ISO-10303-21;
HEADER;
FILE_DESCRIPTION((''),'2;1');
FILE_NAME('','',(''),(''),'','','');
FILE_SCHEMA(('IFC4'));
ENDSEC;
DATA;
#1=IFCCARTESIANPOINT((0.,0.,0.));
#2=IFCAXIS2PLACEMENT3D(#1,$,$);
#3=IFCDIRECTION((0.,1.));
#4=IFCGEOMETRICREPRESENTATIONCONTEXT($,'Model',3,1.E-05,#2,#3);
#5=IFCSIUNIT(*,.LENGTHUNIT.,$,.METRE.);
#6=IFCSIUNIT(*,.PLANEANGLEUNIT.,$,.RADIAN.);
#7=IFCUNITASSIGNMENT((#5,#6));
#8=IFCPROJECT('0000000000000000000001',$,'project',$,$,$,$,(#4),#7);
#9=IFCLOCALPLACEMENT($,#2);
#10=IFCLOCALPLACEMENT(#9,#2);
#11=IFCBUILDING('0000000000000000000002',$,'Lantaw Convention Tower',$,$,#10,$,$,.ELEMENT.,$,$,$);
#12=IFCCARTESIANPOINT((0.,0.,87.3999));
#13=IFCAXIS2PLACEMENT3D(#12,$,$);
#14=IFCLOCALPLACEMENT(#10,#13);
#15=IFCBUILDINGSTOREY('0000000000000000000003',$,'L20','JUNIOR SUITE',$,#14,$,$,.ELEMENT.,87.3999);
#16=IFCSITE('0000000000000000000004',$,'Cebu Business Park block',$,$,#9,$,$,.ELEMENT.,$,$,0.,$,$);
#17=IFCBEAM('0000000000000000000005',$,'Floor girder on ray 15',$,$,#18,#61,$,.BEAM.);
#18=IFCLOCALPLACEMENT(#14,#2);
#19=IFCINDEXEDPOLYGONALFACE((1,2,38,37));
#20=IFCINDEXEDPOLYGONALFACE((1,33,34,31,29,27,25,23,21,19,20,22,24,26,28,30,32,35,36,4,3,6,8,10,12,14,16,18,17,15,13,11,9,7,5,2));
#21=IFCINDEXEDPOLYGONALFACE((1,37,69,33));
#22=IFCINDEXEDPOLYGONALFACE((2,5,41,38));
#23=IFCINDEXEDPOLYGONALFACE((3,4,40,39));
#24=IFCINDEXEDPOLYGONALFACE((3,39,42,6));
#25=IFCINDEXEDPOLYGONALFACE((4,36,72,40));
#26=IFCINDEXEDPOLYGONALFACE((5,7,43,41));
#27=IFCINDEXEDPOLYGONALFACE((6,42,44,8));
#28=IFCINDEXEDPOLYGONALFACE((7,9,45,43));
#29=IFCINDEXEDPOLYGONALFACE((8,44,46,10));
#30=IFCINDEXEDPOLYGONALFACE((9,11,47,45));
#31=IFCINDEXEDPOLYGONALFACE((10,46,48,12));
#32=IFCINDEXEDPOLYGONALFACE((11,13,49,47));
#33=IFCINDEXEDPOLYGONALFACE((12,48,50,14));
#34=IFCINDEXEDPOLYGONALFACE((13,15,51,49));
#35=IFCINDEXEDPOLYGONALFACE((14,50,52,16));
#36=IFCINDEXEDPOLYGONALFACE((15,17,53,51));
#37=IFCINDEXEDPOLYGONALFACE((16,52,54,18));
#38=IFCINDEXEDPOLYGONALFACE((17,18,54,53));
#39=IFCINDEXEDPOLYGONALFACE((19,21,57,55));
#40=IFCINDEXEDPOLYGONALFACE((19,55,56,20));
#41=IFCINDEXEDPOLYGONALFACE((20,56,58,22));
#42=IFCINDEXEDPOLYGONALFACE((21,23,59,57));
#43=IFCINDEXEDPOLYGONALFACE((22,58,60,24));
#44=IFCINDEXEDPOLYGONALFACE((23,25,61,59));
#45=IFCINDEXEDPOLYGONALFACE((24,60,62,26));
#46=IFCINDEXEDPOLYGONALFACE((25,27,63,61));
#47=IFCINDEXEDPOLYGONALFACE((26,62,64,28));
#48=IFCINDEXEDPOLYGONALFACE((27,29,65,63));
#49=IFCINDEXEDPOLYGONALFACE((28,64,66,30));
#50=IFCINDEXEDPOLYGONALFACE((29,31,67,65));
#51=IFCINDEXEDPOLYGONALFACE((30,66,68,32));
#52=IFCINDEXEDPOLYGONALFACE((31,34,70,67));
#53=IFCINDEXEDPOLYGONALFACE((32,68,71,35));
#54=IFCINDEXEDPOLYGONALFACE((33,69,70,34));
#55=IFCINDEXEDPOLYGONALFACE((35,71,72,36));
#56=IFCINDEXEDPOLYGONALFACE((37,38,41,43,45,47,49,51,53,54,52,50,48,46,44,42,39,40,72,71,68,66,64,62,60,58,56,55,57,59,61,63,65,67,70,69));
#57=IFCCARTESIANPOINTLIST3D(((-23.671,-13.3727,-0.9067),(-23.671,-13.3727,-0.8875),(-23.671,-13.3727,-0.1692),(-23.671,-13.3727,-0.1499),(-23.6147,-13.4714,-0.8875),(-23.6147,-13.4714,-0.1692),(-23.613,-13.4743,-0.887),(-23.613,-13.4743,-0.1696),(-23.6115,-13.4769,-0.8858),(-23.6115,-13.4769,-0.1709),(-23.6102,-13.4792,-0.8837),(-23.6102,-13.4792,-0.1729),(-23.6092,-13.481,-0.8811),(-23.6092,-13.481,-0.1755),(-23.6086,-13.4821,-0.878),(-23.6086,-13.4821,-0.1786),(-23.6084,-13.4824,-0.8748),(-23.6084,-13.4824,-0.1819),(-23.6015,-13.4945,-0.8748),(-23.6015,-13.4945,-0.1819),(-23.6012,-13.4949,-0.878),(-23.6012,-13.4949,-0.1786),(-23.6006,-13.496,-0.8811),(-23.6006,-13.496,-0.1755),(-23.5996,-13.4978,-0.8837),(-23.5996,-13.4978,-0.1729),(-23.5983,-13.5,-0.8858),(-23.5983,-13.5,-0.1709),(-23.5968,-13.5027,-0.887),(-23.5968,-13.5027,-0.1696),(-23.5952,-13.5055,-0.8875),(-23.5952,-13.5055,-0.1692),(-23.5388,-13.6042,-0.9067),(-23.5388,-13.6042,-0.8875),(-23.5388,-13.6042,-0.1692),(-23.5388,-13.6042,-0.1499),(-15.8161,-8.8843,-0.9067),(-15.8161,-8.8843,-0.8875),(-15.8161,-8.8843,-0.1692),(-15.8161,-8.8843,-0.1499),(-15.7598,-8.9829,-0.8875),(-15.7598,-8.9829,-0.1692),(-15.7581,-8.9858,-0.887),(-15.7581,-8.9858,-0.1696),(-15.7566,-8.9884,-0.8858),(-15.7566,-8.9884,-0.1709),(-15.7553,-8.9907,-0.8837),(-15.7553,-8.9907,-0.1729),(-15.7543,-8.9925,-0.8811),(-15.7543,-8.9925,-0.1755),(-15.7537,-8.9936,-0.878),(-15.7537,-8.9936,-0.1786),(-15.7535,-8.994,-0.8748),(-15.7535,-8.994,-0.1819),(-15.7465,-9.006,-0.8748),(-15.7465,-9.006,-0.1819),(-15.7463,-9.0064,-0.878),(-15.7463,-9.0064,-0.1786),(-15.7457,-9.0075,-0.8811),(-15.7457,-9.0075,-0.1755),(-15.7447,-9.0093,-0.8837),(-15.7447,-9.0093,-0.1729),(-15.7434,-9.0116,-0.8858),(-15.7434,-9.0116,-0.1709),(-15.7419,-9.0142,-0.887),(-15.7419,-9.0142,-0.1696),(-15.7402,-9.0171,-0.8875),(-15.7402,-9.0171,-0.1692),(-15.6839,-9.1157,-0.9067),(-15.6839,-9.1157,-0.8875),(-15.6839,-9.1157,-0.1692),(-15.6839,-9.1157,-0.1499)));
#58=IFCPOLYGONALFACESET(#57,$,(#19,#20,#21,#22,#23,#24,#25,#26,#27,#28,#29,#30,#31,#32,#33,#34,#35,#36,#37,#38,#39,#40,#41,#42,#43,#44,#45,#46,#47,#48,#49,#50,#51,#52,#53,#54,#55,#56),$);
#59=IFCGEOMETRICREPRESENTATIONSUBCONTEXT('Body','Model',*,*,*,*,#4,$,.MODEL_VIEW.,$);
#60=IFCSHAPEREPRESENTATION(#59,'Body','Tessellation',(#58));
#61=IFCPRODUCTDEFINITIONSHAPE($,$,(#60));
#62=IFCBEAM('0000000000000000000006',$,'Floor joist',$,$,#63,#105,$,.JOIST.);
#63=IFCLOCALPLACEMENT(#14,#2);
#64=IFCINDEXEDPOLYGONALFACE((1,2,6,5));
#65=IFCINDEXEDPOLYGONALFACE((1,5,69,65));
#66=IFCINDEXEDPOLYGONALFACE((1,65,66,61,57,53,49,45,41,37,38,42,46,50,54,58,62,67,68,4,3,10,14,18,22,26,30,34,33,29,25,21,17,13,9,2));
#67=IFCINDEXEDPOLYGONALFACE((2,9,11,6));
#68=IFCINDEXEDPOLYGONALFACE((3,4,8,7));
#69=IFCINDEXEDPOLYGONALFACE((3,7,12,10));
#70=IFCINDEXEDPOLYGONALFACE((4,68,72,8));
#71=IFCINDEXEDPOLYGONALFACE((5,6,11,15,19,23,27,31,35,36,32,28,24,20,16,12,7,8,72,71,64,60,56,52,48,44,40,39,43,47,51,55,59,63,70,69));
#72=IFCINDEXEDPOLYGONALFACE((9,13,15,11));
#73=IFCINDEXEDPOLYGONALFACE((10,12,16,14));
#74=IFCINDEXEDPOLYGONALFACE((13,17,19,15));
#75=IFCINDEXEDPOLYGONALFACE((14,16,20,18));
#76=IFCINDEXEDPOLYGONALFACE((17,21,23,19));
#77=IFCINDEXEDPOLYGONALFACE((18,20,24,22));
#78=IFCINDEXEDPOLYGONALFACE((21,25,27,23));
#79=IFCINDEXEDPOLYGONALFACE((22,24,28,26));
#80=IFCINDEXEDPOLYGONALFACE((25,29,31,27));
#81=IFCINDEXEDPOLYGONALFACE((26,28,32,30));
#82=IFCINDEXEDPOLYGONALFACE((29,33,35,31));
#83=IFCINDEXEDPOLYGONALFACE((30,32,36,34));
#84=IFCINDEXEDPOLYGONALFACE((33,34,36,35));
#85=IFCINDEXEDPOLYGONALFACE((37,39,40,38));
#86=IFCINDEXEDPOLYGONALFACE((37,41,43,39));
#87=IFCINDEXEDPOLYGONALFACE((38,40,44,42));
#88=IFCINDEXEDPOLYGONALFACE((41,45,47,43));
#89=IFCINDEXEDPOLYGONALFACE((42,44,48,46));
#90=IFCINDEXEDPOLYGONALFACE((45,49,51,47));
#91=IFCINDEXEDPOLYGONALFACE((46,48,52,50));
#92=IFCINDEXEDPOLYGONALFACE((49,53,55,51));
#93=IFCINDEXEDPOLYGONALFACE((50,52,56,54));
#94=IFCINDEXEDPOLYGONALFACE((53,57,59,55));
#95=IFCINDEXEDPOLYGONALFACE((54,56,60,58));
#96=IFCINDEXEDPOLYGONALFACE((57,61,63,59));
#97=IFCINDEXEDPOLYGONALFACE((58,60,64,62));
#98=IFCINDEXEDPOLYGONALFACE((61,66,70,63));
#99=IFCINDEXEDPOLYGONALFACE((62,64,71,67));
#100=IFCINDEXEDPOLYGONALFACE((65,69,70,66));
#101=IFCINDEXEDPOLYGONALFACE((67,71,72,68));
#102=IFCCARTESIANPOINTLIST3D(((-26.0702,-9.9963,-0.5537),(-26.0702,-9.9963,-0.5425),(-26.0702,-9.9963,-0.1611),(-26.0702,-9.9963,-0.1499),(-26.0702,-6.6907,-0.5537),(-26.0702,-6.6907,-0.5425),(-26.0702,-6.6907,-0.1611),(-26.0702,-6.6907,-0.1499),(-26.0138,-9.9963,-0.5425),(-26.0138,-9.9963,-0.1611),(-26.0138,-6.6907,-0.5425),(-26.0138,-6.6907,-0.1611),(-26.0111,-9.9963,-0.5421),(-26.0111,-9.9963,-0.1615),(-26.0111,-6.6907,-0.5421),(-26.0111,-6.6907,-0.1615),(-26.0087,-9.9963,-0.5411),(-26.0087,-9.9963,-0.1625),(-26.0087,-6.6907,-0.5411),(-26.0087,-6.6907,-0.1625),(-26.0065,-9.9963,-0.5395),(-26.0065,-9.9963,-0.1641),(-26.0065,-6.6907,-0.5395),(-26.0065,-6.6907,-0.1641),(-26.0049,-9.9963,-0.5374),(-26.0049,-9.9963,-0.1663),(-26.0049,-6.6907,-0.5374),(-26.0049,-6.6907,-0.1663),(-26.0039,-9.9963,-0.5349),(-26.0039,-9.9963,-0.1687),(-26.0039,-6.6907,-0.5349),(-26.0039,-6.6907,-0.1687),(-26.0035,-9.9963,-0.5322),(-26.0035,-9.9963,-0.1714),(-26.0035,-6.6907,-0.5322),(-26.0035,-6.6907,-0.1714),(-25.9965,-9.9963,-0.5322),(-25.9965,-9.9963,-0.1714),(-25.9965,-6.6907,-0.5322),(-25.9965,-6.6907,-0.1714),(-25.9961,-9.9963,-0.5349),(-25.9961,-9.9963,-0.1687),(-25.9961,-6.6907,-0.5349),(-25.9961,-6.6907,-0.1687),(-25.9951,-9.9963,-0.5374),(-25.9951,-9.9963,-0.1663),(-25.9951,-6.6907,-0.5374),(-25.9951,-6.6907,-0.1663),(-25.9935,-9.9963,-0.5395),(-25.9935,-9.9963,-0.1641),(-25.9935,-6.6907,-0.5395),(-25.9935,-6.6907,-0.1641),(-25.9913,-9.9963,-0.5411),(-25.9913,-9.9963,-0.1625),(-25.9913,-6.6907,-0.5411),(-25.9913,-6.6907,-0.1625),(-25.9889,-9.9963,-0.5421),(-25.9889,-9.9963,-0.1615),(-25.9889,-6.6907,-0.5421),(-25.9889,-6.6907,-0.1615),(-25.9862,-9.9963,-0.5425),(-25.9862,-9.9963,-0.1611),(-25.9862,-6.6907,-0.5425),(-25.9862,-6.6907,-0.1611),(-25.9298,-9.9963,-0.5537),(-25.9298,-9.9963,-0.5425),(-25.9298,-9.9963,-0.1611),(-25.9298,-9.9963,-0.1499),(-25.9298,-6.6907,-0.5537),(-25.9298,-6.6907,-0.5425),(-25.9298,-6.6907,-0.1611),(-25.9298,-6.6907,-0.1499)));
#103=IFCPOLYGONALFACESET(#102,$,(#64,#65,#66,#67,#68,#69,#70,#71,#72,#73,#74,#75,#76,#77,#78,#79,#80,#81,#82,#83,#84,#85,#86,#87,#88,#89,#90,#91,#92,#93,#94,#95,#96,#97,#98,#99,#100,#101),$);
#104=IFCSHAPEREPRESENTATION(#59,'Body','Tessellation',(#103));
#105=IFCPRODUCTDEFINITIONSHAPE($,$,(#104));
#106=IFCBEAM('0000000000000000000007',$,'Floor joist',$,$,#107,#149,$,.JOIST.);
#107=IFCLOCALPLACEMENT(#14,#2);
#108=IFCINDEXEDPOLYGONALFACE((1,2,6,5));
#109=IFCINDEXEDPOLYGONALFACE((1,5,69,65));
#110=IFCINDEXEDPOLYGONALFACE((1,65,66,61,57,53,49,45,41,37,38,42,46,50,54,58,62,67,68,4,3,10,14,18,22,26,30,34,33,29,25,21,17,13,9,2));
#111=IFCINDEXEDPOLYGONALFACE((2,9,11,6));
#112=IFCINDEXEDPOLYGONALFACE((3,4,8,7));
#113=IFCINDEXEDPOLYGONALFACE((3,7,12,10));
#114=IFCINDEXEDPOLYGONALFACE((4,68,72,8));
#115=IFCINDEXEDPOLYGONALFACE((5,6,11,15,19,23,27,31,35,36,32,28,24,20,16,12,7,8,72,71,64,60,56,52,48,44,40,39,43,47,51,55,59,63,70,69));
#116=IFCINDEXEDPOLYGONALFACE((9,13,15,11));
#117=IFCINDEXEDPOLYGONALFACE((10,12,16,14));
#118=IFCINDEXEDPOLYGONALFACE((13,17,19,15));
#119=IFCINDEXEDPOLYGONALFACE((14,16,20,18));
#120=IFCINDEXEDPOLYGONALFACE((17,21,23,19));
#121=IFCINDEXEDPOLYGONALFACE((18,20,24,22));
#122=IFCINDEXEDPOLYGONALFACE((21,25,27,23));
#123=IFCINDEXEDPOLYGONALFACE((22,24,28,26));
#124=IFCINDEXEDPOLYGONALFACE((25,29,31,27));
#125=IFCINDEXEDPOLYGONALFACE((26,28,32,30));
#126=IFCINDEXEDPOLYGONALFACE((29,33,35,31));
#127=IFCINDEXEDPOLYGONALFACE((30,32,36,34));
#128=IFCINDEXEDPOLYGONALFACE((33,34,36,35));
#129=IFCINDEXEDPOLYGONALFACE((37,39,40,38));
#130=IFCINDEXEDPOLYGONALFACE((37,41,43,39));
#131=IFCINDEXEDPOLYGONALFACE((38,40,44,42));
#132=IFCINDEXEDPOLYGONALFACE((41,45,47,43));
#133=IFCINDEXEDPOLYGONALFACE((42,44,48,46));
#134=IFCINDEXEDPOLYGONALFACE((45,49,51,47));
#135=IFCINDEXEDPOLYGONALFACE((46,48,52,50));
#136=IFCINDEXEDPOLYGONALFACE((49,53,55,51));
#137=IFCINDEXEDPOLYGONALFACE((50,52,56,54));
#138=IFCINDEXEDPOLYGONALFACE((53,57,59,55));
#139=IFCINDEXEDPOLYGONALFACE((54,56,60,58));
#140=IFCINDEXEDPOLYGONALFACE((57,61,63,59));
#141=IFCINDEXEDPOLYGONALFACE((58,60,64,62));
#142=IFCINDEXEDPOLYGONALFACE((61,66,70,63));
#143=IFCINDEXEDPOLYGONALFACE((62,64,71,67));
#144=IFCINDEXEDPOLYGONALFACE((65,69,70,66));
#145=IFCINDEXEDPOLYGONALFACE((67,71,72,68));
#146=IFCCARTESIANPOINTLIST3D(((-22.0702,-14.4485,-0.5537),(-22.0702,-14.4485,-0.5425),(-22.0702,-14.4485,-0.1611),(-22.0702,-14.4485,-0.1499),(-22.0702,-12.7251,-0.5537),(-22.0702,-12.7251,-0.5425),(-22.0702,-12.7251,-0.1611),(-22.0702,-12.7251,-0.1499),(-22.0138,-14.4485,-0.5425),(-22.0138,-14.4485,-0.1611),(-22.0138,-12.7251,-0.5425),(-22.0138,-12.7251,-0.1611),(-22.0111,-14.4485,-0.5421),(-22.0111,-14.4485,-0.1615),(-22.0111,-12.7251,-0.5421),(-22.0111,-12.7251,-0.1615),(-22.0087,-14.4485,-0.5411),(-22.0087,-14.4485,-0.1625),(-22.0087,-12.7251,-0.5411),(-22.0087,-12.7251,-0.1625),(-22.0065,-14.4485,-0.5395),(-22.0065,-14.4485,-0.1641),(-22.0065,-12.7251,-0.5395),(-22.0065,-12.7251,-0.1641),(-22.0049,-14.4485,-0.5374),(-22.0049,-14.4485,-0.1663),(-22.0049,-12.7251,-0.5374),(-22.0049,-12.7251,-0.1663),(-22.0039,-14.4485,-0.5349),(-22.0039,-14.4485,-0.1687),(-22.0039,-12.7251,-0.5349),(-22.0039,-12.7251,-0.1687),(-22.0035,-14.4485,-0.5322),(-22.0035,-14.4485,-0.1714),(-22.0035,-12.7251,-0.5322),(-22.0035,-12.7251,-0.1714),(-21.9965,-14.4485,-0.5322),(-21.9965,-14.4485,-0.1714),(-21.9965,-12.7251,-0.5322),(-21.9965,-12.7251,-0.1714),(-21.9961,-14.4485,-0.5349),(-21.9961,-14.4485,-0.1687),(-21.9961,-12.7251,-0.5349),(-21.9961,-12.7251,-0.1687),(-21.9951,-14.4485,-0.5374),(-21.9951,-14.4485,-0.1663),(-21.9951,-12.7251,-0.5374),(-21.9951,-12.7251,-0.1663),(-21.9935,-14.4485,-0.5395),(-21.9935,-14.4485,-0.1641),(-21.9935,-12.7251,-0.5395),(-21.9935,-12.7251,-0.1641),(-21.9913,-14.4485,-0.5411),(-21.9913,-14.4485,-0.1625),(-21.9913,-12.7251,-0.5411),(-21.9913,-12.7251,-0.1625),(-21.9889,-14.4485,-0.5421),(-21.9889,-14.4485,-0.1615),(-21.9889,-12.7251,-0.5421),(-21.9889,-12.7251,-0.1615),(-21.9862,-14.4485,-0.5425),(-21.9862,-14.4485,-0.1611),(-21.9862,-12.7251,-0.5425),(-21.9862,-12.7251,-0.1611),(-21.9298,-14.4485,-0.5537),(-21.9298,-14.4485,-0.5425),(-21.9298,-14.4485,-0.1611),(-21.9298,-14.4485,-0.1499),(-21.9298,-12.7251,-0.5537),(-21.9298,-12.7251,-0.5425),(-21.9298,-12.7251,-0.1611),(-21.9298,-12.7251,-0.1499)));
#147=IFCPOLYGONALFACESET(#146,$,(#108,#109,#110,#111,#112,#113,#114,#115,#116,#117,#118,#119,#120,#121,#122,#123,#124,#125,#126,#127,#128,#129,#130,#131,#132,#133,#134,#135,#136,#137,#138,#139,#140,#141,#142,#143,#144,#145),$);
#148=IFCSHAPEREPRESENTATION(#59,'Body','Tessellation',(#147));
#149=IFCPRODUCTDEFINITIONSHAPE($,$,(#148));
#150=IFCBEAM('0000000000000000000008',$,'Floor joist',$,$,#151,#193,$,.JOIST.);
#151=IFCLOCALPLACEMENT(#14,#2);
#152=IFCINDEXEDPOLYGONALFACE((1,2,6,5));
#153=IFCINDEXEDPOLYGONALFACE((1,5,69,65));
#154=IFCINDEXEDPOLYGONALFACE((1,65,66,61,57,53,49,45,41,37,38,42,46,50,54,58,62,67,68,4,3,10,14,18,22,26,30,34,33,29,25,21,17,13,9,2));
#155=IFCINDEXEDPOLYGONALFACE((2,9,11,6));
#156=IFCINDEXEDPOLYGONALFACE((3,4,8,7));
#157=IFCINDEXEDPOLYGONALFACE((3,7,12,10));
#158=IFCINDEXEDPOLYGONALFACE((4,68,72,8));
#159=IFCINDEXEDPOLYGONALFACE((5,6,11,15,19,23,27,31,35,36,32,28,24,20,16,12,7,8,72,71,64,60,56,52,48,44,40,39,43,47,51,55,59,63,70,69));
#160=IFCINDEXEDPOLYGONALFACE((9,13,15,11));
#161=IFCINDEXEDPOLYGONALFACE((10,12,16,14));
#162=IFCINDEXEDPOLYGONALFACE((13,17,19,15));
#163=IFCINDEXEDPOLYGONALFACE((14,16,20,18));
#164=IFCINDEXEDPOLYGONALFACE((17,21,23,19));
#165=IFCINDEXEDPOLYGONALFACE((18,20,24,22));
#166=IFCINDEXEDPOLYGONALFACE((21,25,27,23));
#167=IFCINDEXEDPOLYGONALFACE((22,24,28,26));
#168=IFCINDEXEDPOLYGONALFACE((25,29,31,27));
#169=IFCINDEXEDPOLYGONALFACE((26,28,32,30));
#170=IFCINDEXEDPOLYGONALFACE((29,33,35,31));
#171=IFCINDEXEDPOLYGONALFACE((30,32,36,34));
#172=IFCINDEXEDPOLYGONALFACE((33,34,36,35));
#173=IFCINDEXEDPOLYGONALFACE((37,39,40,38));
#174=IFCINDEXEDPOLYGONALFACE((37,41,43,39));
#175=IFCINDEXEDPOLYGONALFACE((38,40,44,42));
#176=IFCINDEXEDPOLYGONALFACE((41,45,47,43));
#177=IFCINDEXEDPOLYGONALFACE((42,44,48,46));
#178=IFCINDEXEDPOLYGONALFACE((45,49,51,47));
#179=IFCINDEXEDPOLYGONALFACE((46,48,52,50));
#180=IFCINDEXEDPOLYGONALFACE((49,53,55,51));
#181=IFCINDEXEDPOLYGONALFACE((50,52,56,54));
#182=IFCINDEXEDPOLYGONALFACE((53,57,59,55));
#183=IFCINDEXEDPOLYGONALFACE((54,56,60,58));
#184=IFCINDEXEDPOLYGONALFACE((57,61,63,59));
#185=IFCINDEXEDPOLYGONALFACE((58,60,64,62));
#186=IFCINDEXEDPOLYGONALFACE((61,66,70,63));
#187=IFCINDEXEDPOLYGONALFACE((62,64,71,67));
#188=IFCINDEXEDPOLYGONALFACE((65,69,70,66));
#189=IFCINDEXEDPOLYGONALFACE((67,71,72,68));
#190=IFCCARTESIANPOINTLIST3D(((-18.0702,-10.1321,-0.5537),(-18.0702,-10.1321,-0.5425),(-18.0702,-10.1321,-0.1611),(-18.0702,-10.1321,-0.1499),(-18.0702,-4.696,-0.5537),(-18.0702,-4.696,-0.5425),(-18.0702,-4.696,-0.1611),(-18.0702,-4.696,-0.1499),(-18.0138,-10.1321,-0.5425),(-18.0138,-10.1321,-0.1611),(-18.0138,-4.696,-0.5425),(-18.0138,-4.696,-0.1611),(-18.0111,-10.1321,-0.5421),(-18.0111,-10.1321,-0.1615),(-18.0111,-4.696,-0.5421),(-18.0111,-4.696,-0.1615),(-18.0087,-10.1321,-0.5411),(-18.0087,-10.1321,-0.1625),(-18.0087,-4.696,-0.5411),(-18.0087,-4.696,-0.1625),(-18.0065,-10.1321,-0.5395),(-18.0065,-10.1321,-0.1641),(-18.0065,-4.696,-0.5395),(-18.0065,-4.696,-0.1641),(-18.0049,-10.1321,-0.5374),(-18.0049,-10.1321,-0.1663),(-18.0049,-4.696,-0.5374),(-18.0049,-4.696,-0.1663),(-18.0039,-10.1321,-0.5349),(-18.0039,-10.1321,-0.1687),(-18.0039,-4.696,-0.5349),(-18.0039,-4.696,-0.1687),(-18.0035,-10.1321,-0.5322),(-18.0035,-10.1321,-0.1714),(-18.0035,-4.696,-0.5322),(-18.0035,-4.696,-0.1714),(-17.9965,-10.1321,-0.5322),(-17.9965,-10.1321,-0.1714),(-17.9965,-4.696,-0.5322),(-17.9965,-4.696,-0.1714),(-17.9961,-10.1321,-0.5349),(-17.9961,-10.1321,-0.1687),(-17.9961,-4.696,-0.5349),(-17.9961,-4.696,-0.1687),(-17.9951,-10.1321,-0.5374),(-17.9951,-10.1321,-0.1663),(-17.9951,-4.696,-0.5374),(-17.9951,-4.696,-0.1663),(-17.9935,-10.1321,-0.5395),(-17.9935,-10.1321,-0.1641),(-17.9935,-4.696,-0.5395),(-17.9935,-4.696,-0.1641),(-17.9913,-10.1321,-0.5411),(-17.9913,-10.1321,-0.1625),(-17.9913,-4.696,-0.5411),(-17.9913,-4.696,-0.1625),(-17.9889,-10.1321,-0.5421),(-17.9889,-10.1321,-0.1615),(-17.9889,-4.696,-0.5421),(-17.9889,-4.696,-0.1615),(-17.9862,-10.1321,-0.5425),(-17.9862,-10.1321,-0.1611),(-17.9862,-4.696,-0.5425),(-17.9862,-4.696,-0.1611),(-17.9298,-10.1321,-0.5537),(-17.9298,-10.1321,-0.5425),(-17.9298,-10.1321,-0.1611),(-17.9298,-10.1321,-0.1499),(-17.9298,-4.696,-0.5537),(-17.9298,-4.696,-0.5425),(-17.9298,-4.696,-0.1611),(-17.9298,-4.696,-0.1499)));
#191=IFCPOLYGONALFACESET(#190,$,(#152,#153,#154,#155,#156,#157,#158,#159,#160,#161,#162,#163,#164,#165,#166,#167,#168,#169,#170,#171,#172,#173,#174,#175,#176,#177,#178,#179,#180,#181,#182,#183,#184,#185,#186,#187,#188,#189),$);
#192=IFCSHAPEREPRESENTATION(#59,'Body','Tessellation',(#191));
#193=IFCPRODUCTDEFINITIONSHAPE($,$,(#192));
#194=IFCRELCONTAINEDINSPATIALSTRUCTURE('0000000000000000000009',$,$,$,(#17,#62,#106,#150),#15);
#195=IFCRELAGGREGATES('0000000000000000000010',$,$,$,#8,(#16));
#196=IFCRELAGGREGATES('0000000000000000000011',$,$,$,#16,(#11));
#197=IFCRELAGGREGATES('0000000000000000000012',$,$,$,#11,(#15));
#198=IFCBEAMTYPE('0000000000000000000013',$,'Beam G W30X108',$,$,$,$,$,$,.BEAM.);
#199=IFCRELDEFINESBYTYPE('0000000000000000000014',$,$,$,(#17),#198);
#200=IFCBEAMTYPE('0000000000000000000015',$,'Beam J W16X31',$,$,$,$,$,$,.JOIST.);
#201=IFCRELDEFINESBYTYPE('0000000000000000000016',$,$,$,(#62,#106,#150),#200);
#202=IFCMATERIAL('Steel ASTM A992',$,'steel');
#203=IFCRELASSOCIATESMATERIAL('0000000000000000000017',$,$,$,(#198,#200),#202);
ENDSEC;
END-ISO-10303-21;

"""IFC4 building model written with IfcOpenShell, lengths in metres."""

from ifc_helpers import new_model, si_unit, direction, frame, origin, origin_2d, place, context, subcontext, project, spatial, i_section, extrude, material, material_profile, profile_set, type_object, element, save


model = new_model("IFC4")

# Units and contexts
model_context = context("Model", 3, precision=1e-05, world=origin(), true_north=direction((0.0, 1.0)))
body_context = subcontext(model_context, "Body", "Model", "MODEL_VIEW")
ifc_project = project(units=[si_unit("LENGTHUNIT", "METRE"), si_unit("PLANEANGLEUNIT", "RADIAN")], contexts=[model_context])

# Site, building, storey
site_placement = place(None, origin())
site = spatial("IfcSite", under=ifc_project, at=site_placement, Name="Cebu Business Park block", CompositionType="ELEMENT", RefElevation=0.0)
building_placement = place(site_placement, origin())
building = spatial("IfcBuilding", under=site, at=building_placement, Name="Lantaw Convention Tower", CompositionType="ELEMENT")
storey_placement = place(building_placement, frame((0.0, 0.0, 87.3999)))
storey = spatial("IfcBuildingStorey", under=building, at=storey_placement, Name="L20", Description="JUNIOR SUITE", CompositionType="ELEMENT", Elevation=87.3999)

# Beams
ifc_material_1 = material(Name="Steel ASTM A992", Category="steel")
ifc_material_profile_1 = material_profile(ifc_material_1, i_section(OverallWidth=0.2666, OverallDepth=0.7568, WebThickness=0.0139, FlangeThickness=0.0193, FilletRadius=0.0127, at=origin_2d()), Name="W30X108")
ifc_profile_set_1 = profile_set([ifc_material_profile_1], Name="Steel ASTM A992")
beam_type_1 = type_object("IfcBeamType", Name="Beam G W30X108", PredefinedType="BEAM", material=ifc_profile_set_1)
beam_1_placement = place(storey_placement, frame((-15.75, -9.0, -0.5283), z_axis=(-0.868245, -0.496136, 0.0), x_axis=(0.496136, -0.868245, 0.0)))
element("IfcBeam", 1, at=beam_1_placement, inside=storey, type_object=beam_type_1, Name="Floor girder on ray 15", PredefinedType="BEAM", context=body_context, shape_type="SweptSolid", body=[
    extrude(i_section(OverallWidth=0.2666, OverallDepth=0.7568, WebThickness=0.0139, FlangeThickness=0.0193, FilletRadius=0.0127, at=origin_2d()), origin(), (0.0, 0.0, 1.0), 9.0469),
])
ifc_material_profile_2 = material_profile(ifc_material_1, i_section(OverallWidth=0.1404, OverallDepth=0.4038, WebThickness=0.0071, FlangeThickness=0.0112, FilletRadius=0.0103, at=origin_2d()), Name="W16X31")
ifc_profile_set_2 = profile_set([ifc_material_profile_2], Name="Steel ASTM A992")
beam_type_2 = type_object("IfcBeamType", Name="Beam J W16X31", PredefinedType="JOIST", material=ifc_profile_set_2)
beam_2_placement = place(storey_placement, frame((-26.0, -9.9963, -0.3518), z_axis=(0.0, 1.0, 0.0), x_axis=(-1.0, 0.0, 0.0)))
element("IfcBeam", 2, at=beam_2_placement, inside=storey, type_object=beam_type_2, Name="Floor joist", PredefinedType="JOIST", context=body_context, shape_type="SweptSolid", body=[
    extrude(i_section(OverallWidth=0.1404, OverallDepth=0.4038, WebThickness=0.0071, FlangeThickness=0.0112, FilletRadius=0.0103, at=origin_2d()), origin(), (0.0, 0.0, 1.0), 3.3057),
])
beam_3_placement = place(storey_placement, frame((-22.0, -14.4485, -0.3518), z_axis=(0.0, 1.0, 0.0), x_axis=(-1.0, 0.0, 0.0)))
element("IfcBeam", 3, at=beam_3_placement, inside=storey, type_object=beam_type_2, Name="Floor joist", PredefinedType="JOIST", context=body_context, shape_type="SweptSolid", body=[
    extrude(i_section(OverallWidth=0.1404, OverallDepth=0.4038, WebThickness=0.0071, FlangeThickness=0.0112, FilletRadius=0.0103, at=origin_2d()), origin(), (0.0, 0.0, 1.0), 1.7234),
])
beam_4_placement = place(storey_placement, frame((-18.0, -10.1321, -0.3518), z_axis=(0.0, 1.0, 0.0), x_axis=(-1.0, 0.0, 0.0)))
element("IfcBeam", 4, at=beam_4_placement, inside=storey, type_object=beam_type_2, Name="Floor joist", PredefinedType="JOIST", context=body_context, shape_type="SweptSolid", body=[
    extrude(i_section(OverallWidth=0.1404, OverallDepth=0.4038, WebThickness=0.0071, FlangeThickness=0.0112, FilletRadius=0.0103, at=origin_2d()), origin(), (0.0, 0.0, 1.0), 5.436),
])

save(model, "model.ifc")
